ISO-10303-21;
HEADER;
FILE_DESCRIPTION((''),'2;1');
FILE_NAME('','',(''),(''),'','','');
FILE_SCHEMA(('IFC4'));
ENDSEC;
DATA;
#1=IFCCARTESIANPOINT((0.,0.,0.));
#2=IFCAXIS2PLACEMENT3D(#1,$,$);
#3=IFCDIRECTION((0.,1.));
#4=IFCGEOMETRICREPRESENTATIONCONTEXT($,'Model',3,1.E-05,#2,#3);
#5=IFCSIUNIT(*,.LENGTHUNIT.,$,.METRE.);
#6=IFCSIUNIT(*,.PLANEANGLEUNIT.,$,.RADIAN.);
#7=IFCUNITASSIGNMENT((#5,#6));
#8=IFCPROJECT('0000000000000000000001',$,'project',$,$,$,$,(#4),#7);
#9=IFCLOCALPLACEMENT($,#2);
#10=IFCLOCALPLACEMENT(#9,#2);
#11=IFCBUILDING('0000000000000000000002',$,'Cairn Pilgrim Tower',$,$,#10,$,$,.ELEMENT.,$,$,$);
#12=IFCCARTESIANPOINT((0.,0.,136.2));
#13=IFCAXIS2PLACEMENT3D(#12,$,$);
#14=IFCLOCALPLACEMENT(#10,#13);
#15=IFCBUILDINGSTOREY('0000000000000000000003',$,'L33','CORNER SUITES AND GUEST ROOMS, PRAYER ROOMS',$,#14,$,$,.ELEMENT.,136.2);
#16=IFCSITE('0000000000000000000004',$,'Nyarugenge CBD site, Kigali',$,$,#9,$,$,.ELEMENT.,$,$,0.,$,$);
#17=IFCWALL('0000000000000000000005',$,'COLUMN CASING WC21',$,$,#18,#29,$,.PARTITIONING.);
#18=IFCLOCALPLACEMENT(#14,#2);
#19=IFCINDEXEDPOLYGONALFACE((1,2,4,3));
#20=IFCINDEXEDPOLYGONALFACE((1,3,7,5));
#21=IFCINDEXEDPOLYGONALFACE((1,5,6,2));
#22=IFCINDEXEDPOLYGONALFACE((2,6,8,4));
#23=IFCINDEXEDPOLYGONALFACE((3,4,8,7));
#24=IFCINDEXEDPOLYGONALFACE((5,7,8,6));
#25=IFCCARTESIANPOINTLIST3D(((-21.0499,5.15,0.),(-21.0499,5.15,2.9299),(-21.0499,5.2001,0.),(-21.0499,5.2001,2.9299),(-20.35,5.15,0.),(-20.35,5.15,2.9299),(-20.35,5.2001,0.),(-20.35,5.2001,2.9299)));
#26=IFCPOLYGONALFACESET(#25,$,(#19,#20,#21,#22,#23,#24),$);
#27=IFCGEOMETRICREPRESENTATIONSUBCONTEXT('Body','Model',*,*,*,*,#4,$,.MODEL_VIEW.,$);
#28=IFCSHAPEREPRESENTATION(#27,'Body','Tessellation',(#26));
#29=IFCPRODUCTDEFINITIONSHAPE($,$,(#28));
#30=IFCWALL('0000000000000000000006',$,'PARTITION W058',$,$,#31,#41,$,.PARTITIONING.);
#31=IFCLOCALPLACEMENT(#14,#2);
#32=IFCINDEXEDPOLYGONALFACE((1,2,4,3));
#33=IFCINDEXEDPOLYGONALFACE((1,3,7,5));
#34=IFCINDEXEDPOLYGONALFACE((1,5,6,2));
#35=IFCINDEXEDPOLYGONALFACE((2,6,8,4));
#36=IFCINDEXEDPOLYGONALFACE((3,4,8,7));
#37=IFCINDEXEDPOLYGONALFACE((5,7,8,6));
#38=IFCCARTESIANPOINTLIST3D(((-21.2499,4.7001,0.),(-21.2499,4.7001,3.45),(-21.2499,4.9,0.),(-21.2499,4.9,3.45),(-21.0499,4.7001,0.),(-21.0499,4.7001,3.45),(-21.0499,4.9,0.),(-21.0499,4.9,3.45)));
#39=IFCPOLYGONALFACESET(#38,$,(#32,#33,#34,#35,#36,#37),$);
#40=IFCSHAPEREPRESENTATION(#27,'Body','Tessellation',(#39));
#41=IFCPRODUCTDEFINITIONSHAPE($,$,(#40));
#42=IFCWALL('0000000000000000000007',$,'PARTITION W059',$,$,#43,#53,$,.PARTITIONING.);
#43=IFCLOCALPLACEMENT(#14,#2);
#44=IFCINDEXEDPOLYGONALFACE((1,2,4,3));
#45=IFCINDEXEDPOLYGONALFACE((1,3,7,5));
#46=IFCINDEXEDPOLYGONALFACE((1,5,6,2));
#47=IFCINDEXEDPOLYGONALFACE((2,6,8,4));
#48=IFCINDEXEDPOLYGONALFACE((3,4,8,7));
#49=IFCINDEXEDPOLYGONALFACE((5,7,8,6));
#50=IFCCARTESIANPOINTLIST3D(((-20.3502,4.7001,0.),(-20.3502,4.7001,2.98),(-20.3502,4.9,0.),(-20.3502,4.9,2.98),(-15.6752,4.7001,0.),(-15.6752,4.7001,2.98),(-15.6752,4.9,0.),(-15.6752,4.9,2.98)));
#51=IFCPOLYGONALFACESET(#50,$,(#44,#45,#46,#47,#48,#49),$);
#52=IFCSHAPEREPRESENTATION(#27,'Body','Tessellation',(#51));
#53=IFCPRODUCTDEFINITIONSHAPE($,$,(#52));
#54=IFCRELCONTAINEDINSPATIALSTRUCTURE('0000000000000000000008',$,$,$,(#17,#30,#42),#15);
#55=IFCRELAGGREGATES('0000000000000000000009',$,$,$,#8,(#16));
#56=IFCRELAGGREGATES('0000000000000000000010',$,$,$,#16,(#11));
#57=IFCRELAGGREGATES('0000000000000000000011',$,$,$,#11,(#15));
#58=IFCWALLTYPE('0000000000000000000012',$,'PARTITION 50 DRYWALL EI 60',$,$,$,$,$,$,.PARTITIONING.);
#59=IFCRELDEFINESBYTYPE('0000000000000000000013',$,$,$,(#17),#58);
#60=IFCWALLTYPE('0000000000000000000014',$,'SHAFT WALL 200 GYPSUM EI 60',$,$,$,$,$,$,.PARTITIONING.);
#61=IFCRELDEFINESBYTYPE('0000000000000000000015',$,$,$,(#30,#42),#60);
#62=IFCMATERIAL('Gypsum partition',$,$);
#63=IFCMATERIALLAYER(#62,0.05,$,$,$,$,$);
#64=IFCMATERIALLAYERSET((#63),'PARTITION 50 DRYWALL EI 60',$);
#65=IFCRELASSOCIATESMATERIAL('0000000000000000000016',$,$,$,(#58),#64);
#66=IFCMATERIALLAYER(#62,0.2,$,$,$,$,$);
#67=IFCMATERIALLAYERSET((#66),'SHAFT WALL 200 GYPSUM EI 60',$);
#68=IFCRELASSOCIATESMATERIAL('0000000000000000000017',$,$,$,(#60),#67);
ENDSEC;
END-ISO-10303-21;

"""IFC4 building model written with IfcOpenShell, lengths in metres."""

from ifc_helpers import new_model, si_unit, direction, frame, frame_2d, origin, place, context, subcontext, project, spatial, rectangle, extrude, material, layer, layer_set, type_object, element, save


model = new_model("IFC4")

# Units and contexts
model_context = context("Model", 3, precision=1e-05, world=origin(), true_north=direction((0.0, 1.0)))
body_context = subcontext(model_context, "Body", "Model", "MODEL_VIEW")
ifc_project = project(units=[si_unit("LENGTHUNIT", "METRE"), si_unit("PLANEANGLEUNIT", "RADIAN")], contexts=[model_context])

# Site, building, storey
site_placement = place(None, origin())
site = spatial("IfcSite", under=ifc_project, at=site_placement, Name="Nyarugenge CBD site, Kigali", CompositionType="ELEMENT", RefElevation=0.0)
building_placement = place(site_placement, origin())
building = spatial("IfcBuilding", under=site, at=building_placement, Name="Cairn Pilgrim Tower", CompositionType="ELEMENT")
storey_placement = place(building_placement, frame((0.0, 0.0, 136.2)))
storey = spatial("IfcBuildingStorey", under=building, at=storey_placement, Name="L33", Description="CORNER SUITES AND GUEST ROOMS, PRAYER ROOMS", CompositionType="ELEMENT", Elevation=136.2)

# Shared definitions
ifc_material_1 = material(Name="Gypsum partition")

# Walls
ifc_layer_1 = layer(ifc_material_1, 0.05)
ifc_layer_set_1 = layer_set([ifc_layer_1], Name="PARTITION 50 DRYWALL EI 60")
wall_type_1 = type_object("IfcWallType", Name="PARTITION 50 DRYWALL EI 60", PredefinedType="PARTITIONING", material=ifc_layer_set_1)
wall_1_placement = place(storey_placement, frame((-21.05, 5.175, 0.0), z_axis=(0.0, 0.0, 1.0), x_axis=(1.0, 0.0, 0.0)))
element("IfcWall", 1, at=wall_1_placement, inside=storey, type_object=wall_type_1, Name="COLUMN CASING WC21", PredefinedType="PARTITIONING", context=body_context, shape_type="SweptSolid", body=[
    extrude(rectangle(XDim=0.7, YDim=0.05, at=frame_2d((0.3501, 0.0))), origin(), (0.0, 0.0, 1.0), 2.9299),
])
ifc_layer_2 = layer(ifc_material_1, 0.2)
ifc_layer_set_2 = layer_set([ifc_layer_2], Name="SHAFT WALL 200 GYPSUM EI 60")
wall_type_2 = type_object("IfcWallType", Name="SHAFT WALL 200 GYPSUM EI 60", PredefinedType="PARTITIONING", material=ifc_layer_set_2)
wall_2_placement = place(storey_placement, frame((-21.25, 4.8, 0.0), z_axis=(0.0, 0.0, 1.0), x_axis=(1.0, 0.0, 0.0)))
element("IfcWall", 2, at=wall_2_placement, inside=storey, type_object=wall_type_2, Name="PARTITION W058", PredefinedType="PARTITIONING", context=body_context, shape_type="SweptSolid", body=[
    extrude(rectangle(XDim=0.2, YDim=0.2, at=frame_2d((0.1001, 0.0))), origin(), (0.0, 0.0, 1.0), 3.45),
])
wall_3_placement = place(storey_placement, frame((-20.3501, 4.8, 0.0), z_axis=(0.0, 0.0, 1.0), x_axis=(1.0, 0.0, 0.0)))
element("IfcWall", 3, at=wall_3_placement, inside=storey, type_object=wall_type_2, Name="PARTITION W059", PredefinedType="PARTITIONING", context=body_context, shape_type="SweptSolid", body=[
    extrude(rectangle(XDim=4.675, YDim=0.2, at=frame_2d((2.3374, 0.0))), origin(), (0.0, 0.0, 1.0), 2.98),
])

save(model, "model.ifc")
